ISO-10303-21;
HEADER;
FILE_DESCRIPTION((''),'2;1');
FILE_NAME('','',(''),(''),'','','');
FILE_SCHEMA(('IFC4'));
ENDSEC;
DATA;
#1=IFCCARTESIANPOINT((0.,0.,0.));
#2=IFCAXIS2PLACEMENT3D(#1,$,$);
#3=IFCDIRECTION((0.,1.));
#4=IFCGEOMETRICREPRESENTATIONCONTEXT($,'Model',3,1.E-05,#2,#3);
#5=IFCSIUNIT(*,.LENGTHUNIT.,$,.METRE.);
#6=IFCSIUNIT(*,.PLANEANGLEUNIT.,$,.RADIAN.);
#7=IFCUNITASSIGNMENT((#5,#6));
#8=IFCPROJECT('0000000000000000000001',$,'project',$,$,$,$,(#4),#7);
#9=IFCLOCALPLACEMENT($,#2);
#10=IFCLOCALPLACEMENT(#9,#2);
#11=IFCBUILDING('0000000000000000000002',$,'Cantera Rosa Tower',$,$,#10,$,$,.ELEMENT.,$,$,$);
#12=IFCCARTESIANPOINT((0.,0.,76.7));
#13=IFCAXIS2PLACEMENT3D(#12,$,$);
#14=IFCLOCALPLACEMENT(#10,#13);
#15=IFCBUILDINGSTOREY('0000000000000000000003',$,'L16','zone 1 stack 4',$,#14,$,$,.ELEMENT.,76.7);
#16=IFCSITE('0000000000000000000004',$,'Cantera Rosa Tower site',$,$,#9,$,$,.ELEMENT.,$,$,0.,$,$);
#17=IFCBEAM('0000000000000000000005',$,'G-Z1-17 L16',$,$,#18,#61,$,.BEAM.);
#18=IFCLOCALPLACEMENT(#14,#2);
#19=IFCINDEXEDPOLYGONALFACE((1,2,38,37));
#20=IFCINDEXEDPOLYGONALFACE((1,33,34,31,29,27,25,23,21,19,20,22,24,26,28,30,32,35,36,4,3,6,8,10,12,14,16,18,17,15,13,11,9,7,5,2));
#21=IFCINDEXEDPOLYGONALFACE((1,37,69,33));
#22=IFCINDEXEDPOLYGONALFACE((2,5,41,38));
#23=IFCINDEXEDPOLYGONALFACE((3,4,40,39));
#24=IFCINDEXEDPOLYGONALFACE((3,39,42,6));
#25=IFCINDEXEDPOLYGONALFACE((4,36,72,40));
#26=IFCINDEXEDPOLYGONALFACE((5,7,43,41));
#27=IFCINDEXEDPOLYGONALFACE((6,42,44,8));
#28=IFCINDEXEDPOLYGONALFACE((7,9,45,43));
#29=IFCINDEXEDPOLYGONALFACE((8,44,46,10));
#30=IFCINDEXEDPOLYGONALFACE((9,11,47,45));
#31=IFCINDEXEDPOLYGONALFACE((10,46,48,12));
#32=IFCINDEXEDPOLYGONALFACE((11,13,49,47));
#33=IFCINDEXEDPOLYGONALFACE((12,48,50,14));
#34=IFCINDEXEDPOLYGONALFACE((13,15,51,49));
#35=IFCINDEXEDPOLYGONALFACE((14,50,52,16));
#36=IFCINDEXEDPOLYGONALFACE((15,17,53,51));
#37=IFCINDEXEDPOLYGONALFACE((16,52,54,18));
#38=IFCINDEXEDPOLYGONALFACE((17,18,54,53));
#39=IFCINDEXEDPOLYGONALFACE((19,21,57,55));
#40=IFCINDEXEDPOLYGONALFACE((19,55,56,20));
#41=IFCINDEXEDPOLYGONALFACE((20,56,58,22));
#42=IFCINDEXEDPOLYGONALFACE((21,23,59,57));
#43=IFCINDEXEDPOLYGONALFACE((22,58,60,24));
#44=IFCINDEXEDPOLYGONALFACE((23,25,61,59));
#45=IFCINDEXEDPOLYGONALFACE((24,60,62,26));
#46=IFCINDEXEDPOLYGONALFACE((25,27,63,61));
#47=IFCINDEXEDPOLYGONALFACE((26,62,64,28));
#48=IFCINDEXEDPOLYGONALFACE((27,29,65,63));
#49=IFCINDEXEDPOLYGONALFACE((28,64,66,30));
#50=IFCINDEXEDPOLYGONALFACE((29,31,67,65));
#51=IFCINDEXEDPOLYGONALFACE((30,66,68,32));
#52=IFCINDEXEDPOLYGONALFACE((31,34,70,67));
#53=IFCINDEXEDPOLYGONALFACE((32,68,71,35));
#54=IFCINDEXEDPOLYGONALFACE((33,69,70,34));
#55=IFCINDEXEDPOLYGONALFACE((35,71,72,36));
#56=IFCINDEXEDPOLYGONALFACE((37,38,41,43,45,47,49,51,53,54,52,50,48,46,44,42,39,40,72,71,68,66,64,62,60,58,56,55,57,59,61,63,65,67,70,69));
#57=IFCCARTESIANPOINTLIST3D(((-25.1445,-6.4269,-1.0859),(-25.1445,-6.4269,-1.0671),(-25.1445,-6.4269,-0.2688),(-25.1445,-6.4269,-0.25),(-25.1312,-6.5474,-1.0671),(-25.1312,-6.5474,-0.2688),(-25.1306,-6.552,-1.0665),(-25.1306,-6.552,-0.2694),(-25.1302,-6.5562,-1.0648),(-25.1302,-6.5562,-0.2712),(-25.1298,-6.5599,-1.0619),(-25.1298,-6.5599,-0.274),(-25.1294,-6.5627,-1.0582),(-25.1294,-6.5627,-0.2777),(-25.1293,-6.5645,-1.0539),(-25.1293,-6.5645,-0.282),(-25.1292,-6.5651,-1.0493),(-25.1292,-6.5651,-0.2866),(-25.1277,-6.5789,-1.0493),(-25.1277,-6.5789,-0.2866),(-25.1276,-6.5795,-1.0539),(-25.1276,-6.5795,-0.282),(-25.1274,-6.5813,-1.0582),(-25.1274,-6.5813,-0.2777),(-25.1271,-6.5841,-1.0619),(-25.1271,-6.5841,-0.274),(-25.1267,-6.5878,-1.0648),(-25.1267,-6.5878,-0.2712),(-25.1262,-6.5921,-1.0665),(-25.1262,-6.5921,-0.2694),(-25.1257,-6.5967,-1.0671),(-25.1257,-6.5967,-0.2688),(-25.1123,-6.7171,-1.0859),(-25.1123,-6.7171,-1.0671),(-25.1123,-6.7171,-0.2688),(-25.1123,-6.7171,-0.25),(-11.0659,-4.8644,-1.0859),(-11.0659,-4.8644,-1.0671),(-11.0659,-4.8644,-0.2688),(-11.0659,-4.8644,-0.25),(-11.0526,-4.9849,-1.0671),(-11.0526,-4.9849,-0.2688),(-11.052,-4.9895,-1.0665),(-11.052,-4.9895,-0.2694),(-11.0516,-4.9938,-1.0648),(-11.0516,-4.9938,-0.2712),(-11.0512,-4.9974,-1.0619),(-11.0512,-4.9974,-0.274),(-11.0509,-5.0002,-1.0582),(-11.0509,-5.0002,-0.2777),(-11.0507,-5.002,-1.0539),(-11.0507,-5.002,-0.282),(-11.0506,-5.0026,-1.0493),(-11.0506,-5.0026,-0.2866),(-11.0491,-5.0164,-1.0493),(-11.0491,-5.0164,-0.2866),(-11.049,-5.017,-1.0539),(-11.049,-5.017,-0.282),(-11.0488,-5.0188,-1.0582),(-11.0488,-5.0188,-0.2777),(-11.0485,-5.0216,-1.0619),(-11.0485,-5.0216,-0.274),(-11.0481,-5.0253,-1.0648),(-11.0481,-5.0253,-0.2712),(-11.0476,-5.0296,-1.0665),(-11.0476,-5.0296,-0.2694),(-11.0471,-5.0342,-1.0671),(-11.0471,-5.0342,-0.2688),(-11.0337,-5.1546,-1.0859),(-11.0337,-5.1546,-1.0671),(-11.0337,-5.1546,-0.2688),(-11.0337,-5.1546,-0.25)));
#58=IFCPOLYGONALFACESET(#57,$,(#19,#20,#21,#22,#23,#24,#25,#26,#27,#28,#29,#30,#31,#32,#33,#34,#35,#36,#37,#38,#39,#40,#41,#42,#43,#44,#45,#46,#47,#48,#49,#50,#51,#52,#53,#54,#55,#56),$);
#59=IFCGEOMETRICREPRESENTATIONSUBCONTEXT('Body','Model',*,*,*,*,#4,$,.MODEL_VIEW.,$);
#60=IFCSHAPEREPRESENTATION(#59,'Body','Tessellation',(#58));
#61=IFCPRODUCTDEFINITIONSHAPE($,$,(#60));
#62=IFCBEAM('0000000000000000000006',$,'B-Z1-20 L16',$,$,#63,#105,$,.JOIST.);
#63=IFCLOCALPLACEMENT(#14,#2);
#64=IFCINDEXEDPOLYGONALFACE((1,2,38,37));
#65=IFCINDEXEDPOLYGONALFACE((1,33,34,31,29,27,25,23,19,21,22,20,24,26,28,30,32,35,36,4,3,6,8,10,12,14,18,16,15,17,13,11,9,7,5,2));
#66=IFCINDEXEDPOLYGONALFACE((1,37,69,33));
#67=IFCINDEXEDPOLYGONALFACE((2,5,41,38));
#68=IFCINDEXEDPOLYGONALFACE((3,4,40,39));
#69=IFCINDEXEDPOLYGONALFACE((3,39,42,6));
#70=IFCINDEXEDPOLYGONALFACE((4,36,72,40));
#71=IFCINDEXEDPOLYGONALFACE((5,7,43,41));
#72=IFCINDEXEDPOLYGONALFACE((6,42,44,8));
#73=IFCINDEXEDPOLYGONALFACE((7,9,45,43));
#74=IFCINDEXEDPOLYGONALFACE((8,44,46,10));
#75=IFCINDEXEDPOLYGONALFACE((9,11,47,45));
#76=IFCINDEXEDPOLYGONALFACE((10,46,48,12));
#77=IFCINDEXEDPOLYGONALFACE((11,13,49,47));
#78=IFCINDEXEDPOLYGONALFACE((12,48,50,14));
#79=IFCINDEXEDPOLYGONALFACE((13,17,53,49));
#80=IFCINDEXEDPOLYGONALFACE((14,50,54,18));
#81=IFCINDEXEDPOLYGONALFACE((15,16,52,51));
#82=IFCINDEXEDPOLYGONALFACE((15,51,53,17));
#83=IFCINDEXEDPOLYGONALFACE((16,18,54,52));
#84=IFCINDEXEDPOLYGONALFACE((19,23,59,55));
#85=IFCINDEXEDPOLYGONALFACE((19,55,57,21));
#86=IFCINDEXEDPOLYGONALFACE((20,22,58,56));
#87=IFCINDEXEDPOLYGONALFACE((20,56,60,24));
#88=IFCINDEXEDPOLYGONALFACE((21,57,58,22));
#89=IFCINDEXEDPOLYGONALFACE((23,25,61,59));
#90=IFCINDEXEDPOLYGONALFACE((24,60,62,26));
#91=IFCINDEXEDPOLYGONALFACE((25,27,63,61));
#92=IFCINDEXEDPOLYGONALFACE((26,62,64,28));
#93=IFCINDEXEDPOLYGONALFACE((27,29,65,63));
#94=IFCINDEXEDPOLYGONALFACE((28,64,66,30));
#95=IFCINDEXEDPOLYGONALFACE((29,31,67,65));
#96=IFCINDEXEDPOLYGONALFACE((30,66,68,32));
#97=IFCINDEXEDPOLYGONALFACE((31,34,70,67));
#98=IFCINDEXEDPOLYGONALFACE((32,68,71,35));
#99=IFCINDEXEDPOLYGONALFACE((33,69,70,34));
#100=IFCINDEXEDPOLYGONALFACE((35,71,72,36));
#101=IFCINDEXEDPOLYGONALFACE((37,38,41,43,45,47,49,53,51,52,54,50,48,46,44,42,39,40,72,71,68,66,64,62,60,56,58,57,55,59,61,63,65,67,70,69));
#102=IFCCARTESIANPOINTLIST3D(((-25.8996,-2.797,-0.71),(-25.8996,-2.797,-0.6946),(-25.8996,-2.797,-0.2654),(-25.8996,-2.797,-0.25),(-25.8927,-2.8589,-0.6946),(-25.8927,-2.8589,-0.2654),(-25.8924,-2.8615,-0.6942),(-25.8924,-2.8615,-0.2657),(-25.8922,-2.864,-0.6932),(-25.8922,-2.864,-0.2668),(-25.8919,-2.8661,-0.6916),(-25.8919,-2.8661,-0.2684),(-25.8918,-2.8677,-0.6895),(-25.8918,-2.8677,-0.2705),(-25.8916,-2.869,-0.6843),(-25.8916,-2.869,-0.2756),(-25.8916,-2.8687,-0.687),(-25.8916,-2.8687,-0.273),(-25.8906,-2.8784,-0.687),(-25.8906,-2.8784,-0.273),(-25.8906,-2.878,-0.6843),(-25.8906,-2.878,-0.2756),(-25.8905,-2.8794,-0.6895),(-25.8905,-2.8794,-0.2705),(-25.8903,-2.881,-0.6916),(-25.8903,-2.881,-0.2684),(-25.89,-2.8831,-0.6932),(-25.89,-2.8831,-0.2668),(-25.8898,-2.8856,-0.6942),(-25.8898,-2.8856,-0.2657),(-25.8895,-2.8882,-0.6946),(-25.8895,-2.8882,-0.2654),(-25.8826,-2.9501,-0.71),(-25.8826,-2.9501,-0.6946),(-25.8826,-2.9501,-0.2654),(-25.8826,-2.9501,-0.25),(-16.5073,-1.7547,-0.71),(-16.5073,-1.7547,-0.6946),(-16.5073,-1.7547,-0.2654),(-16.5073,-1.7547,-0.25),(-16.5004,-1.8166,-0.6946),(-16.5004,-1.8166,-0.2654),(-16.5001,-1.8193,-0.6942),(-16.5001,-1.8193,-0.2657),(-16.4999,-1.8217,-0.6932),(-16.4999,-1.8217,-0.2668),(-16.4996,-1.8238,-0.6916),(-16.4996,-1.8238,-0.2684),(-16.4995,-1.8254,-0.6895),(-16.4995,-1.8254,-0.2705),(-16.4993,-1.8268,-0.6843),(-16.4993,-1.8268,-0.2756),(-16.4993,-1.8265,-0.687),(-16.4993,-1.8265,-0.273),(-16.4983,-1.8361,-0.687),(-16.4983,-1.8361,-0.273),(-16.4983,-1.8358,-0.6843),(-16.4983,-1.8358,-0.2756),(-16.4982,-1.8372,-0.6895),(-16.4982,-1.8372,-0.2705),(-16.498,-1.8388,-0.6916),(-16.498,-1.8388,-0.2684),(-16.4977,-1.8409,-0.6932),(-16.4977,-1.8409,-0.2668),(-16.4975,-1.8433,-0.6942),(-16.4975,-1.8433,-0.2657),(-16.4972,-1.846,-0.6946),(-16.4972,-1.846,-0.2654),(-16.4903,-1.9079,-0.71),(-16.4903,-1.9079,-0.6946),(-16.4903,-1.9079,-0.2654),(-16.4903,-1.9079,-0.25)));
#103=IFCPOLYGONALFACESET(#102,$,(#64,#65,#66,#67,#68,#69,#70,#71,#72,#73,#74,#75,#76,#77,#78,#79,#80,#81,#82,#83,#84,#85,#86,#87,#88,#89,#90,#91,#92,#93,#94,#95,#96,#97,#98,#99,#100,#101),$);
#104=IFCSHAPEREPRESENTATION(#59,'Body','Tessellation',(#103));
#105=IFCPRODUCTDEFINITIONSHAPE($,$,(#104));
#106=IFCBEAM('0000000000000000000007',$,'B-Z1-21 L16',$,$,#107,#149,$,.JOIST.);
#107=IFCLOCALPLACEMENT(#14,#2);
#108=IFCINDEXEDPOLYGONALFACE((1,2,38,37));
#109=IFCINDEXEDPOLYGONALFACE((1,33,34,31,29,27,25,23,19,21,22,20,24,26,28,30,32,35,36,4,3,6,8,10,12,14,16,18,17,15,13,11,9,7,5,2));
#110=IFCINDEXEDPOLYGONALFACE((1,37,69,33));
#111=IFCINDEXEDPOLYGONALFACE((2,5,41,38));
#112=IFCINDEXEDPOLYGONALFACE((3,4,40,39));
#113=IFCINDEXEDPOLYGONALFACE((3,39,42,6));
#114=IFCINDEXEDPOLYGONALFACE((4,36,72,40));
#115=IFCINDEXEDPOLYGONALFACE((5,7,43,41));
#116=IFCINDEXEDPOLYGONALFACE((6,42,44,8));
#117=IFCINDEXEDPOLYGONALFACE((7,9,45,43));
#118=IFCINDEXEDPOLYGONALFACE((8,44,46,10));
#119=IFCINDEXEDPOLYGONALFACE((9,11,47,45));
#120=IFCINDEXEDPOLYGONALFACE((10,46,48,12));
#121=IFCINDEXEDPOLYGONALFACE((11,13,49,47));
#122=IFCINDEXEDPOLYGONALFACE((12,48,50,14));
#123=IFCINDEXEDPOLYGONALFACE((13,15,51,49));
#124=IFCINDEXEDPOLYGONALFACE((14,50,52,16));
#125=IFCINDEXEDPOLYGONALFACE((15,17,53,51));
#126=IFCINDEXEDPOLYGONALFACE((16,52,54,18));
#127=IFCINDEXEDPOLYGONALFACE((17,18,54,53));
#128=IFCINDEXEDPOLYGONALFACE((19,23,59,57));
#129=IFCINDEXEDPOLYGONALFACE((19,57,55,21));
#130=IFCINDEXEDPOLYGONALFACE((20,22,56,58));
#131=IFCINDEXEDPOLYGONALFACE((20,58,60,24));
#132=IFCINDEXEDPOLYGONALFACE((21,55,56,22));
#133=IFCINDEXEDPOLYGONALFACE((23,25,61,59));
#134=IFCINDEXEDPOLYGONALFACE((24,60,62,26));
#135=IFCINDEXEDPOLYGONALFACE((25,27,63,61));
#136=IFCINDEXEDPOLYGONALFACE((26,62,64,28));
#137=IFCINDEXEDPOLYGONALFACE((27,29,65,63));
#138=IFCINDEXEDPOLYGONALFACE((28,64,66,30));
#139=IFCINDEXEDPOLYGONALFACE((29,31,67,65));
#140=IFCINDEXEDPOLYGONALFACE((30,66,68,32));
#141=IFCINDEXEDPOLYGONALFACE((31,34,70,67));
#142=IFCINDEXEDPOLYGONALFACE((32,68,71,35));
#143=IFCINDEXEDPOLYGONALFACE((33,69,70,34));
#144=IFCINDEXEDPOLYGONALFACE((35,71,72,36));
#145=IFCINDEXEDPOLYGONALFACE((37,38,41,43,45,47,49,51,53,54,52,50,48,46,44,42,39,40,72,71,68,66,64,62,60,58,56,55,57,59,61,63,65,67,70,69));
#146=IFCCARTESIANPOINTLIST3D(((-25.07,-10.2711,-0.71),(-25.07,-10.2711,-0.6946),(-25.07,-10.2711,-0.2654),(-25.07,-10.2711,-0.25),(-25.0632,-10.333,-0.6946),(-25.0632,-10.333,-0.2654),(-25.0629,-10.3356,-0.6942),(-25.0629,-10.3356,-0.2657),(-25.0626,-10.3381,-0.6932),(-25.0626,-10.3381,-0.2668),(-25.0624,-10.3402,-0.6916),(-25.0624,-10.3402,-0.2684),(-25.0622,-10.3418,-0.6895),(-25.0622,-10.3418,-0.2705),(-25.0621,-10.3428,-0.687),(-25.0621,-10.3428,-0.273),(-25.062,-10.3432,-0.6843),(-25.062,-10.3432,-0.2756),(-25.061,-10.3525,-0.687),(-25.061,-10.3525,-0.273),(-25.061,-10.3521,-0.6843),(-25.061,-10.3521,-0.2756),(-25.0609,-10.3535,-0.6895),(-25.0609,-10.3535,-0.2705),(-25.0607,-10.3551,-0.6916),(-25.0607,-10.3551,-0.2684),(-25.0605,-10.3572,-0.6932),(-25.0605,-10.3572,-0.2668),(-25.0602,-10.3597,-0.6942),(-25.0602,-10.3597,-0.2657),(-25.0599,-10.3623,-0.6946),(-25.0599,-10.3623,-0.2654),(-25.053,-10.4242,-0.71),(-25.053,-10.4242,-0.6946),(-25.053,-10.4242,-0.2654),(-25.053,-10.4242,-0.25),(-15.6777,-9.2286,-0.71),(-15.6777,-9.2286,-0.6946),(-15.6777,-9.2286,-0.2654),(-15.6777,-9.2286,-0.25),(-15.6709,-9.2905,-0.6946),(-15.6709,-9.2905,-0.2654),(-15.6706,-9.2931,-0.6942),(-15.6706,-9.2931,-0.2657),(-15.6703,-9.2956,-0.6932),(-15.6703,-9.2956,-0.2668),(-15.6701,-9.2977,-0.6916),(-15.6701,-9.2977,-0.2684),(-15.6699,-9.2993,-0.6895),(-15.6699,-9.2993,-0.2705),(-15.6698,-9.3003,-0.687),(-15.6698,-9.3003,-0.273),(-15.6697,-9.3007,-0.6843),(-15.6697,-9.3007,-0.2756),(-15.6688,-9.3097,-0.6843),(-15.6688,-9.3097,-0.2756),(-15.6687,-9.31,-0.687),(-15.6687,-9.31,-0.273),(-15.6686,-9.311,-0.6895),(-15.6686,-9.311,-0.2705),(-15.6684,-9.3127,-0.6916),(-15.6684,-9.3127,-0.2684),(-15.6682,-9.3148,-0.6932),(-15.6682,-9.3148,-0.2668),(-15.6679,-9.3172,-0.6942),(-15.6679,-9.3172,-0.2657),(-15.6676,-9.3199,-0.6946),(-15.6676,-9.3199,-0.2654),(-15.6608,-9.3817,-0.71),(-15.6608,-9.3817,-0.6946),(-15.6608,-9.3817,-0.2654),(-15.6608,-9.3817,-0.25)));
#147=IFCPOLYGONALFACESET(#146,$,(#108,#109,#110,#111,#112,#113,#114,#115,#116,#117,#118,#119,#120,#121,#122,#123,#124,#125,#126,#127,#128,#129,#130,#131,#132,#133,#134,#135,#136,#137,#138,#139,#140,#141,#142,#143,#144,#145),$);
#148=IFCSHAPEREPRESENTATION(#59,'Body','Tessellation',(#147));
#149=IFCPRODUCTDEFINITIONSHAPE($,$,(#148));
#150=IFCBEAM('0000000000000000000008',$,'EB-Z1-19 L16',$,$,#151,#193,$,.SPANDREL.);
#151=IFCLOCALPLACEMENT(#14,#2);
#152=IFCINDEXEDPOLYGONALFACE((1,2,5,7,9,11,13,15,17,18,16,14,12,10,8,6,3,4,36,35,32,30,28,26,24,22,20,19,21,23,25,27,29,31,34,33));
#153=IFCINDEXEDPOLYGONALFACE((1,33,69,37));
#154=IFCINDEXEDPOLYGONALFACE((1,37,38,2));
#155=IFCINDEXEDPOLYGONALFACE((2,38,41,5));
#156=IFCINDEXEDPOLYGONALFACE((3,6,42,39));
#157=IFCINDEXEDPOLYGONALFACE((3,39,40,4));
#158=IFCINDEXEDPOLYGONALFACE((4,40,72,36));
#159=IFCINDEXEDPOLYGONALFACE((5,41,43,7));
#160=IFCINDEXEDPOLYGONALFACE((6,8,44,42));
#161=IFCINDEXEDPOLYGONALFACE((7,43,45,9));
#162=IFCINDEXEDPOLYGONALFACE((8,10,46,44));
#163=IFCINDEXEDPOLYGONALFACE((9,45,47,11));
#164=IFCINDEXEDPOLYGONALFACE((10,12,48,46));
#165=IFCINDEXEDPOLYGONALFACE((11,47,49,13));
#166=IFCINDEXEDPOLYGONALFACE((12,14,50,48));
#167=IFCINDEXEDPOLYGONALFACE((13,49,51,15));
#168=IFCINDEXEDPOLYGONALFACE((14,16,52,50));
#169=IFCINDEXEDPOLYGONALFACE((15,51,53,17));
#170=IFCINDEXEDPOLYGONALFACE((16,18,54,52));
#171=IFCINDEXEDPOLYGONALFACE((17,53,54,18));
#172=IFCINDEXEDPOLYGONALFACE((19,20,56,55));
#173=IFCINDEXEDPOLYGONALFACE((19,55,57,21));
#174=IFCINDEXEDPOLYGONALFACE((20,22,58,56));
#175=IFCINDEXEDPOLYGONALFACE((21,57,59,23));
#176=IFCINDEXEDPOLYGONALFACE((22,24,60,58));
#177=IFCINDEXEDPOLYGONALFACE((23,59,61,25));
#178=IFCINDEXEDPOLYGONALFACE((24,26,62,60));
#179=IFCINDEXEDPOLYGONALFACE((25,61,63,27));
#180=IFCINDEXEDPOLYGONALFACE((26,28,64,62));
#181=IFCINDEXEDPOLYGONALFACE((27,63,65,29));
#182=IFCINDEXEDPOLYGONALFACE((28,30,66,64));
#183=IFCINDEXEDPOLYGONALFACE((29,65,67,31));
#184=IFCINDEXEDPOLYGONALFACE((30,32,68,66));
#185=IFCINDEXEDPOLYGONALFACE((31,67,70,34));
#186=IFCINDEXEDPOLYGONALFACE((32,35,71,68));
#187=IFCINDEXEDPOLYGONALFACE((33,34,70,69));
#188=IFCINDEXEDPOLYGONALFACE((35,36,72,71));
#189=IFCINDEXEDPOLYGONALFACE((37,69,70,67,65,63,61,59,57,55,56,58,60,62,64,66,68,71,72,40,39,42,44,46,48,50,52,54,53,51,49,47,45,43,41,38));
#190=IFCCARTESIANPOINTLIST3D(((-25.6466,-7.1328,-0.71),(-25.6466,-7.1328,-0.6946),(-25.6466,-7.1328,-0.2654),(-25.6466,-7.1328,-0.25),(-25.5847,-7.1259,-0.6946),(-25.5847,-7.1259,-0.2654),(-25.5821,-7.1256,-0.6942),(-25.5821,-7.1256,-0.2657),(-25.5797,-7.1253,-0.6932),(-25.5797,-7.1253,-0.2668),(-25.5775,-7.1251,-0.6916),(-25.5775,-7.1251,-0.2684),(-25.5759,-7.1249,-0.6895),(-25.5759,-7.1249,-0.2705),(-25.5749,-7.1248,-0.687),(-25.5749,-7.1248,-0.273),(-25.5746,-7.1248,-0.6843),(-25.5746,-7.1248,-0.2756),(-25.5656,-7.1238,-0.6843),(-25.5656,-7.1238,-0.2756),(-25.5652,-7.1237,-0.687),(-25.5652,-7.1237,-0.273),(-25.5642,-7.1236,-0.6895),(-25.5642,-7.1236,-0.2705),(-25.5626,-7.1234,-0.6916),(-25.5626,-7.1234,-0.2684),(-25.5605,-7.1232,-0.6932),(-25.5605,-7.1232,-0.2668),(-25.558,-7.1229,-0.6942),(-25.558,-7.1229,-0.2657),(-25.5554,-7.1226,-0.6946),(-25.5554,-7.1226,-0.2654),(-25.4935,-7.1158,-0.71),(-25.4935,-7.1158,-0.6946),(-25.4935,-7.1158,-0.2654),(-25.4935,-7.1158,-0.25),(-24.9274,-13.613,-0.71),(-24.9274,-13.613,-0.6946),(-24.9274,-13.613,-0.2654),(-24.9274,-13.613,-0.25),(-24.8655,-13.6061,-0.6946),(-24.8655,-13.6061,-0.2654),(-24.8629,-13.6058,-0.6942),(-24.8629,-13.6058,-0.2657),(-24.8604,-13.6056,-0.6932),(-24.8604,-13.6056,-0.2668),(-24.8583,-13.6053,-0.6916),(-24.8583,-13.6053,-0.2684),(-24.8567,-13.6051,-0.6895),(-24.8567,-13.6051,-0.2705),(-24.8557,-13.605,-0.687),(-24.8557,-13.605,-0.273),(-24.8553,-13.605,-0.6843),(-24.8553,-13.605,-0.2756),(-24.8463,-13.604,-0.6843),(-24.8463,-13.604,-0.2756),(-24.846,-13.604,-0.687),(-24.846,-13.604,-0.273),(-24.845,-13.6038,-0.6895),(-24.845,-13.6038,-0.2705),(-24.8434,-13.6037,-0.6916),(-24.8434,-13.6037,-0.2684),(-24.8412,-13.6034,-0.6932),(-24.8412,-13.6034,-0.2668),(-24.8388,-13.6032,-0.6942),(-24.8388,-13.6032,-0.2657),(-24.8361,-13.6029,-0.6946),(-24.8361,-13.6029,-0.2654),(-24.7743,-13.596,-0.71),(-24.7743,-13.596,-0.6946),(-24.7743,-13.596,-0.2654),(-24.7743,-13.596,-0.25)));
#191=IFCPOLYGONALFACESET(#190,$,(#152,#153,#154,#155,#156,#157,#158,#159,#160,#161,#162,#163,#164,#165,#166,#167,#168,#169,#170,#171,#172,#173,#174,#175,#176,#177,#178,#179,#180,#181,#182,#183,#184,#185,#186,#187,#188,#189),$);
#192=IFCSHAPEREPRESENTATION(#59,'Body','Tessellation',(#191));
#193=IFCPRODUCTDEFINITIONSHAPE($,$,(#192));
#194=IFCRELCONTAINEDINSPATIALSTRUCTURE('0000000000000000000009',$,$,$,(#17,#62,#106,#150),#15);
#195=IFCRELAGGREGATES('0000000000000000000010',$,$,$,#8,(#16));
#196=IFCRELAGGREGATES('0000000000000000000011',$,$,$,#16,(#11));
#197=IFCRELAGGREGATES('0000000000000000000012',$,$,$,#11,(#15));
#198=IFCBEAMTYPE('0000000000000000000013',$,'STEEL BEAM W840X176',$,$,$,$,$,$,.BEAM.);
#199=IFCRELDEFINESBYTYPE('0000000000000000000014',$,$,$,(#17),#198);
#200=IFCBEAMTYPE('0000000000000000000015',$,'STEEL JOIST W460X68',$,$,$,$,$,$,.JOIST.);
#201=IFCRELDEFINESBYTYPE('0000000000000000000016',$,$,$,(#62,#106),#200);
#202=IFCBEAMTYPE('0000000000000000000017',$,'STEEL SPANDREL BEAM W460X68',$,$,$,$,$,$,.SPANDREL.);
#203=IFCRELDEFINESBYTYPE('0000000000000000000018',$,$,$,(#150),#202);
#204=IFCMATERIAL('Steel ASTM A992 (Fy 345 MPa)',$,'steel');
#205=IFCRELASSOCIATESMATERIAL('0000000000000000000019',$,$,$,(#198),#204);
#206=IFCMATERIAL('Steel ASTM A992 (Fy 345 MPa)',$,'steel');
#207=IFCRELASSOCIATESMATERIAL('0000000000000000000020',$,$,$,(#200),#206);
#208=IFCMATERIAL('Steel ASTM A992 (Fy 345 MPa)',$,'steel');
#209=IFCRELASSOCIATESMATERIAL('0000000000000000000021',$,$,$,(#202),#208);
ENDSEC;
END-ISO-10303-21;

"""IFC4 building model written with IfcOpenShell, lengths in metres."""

from ifc_helpers import new_model, si_unit, direction, frame, origin, origin_2d, place, context, subcontext, project, spatial, i_section, extrude, material, material_profile, profile_set, type_object, element, save


model = new_model("IFC4")

# Units and contexts
model_context = context("Model", 3, precision=1e-05, world=origin(), true_north=direction((0.0, 1.0)))
body_context = subcontext(model_context, "Body", "Model", "MODEL_VIEW")
ifc_project = project(units=[si_unit("LENGTHUNIT", "METRE"), si_unit("PLANEANGLEUNIT", "RADIAN")], contexts=[model_context])

# Site, building, storey
site_placement = place(None, origin())
site = spatial("IfcSite", under=ifc_project, at=site_placement, Name="Cantera Rosa Tower site", CompositionType="ELEMENT", RefElevation=0.0)
building_placement = place(site_placement, origin())
building = spatial("IfcBuilding", under=site, at=building_placement, Name="Cantera Rosa Tower", CompositionType="ELEMENT")
storey_placement = place(building_placement, frame((0.0, 0.0, 76.7)))
storey = spatial("IfcBuildingStorey", under=building, at=storey_placement, Name="L16", Description="zone 1 stack 4", CompositionType="ELEMENT", Elevation=76.7)

# Beams
ifc_material_1 = material(Name="Steel ASTM A992 (Fy 345 MPa)", Category="steel")
ifc_material_profile_1 = material_profile(ifc_material_1, i_section(OverallWidth=0.292, OverallDepth=0.8359, WebThickness=0.0139, FlangeThickness=0.0188, FilletRadius=0.0178, at=origin_2d()), Name="W840X176")
ifc_profile_set_1 = profile_set([ifc_material_profile_1], Name="Steel ASTM A992 (Fy 345 MPa)")
beam_type_1 = type_object("IfcBeamType", Name="STEEL BEAM W840X176", PredefinedType="BEAM", material=ifc_profile_set_1)
beam_1_placement = place(storey_placement, frame((-25.1284, -6.572, -0.668), z_axis=(0.993898, 0.110307, 0.0), x_axis=(-0.110307, 0.993898, 0.0)))
element("IfcBeam", 1, at=beam_1_placement, inside=storey, type_object=beam_type_1, Name="G-Z1-17 L16", PredefinedType="BEAM", context=body_context, shape_type="SweptSolid", body=[
    extrude(i_section(OverallWidth=0.292, OverallDepth=0.8359, WebThickness=0.0139, FlangeThickness=0.0188, FilletRadius=0.0178, at=origin_2d()), origin(), (0.0, 0.0, 1.0), 14.165),
])
ifc_material_2 = material(Name="Steel ASTM A992 (Fy 345 MPa)", Category="steel")
ifc_material_profile_2 = material_profile(ifc_material_2, i_section(OverallWidth=0.1541, OverallDepth=0.46, WebThickness=0.009, FlangeThickness=0.0154, FilletRadius=0.0103, at=origin_2d()), Name="W460X68")
ifc_profile_set_2 = profile_set([ifc_material_profile_2], Name="Steel ASTM A992 (Fy 345 MPa)")
beam_type_2 = type_object("IfcBeamType", Name="STEEL JOIST W460X68", PredefinedType="JOIST", material=ifc_profile_set_2)
for number, where, z_axis, x_axis, name in (
    (2, (-25.8911, -2.8735, -0.48), (0.993899, 0.11029, 0.0), (-0.11029, 0.993899, 0.0), "B-Z1-20 L16"),
    (3, (-25.0615, -10.3477, -0.48), (0.993897, 0.110315, 0.0), (-0.110315, 0.993897, 0.0), "B-Z1-21 L16"),
):
    element("IfcBeam", number, at=place(storey_placement, frame(where, z_axis=z_axis, x_axis=x_axis)), inside=storey, type_object=beam_type_2, Name=name, PredefinedType="JOIST", context=body_context, shape_type="SweptSolid", body=[
        extrude(i_section(OverallWidth=0.1541, OverallDepth=0.46, WebThickness=0.009, FlangeThickness=0.0154, FilletRadius=0.0103, at=origin_2d()), origin(), (0.0, 0.0, 1.0), 9.45),
    ])
ifc_material_3 = material(Name="Steel ASTM A992 (Fy 345 MPa)", Category="steel")
ifc_material_profile_3 = material_profile(ifc_material_3, i_section(OverallWidth=0.1541, OverallDepth=0.46, WebThickness=0.009, FlangeThickness=0.0154, FilletRadius=0.0103, at=origin_2d()), Name="W460X68")
ifc_profile_set_3 = profile_set([ifc_material_profile_3], Name="Steel ASTM A992 (Fy 345 MPa)")
beam_type_3 = type_object("IfcBeamType", Name="STEEL SPANDREL BEAM W460X68", PredefinedType="SPANDREL", material=ifc_profile_set_3)
for number, where, z_axis, x_axis, name in (
    (4, (-25.5701, -7.1243, -0.48), (0.110312, -0.993897, 0.0), (0.993897, 0.110312, 0.0), "EB-Z1-19 L16"),
):
    element("IfcBeam", number, at=place(storey_placement, frame(where, z_axis=z_axis, x_axis=x_axis)), inside=storey, type_object=beam_type_3, Name=name, PredefinedType="SPANDREL", context=body_context, shape_type="SweptSolid", body=[
        extrude(i_section(OverallWidth=0.1541, OverallDepth=0.46, WebThickness=0.009, FlangeThickness=0.0154, FilletRadius=0.0103, at=origin_2d()), origin(), (0.0, 0.0, 1.0), 6.52),
    ])

save(model, "model.ifc")
